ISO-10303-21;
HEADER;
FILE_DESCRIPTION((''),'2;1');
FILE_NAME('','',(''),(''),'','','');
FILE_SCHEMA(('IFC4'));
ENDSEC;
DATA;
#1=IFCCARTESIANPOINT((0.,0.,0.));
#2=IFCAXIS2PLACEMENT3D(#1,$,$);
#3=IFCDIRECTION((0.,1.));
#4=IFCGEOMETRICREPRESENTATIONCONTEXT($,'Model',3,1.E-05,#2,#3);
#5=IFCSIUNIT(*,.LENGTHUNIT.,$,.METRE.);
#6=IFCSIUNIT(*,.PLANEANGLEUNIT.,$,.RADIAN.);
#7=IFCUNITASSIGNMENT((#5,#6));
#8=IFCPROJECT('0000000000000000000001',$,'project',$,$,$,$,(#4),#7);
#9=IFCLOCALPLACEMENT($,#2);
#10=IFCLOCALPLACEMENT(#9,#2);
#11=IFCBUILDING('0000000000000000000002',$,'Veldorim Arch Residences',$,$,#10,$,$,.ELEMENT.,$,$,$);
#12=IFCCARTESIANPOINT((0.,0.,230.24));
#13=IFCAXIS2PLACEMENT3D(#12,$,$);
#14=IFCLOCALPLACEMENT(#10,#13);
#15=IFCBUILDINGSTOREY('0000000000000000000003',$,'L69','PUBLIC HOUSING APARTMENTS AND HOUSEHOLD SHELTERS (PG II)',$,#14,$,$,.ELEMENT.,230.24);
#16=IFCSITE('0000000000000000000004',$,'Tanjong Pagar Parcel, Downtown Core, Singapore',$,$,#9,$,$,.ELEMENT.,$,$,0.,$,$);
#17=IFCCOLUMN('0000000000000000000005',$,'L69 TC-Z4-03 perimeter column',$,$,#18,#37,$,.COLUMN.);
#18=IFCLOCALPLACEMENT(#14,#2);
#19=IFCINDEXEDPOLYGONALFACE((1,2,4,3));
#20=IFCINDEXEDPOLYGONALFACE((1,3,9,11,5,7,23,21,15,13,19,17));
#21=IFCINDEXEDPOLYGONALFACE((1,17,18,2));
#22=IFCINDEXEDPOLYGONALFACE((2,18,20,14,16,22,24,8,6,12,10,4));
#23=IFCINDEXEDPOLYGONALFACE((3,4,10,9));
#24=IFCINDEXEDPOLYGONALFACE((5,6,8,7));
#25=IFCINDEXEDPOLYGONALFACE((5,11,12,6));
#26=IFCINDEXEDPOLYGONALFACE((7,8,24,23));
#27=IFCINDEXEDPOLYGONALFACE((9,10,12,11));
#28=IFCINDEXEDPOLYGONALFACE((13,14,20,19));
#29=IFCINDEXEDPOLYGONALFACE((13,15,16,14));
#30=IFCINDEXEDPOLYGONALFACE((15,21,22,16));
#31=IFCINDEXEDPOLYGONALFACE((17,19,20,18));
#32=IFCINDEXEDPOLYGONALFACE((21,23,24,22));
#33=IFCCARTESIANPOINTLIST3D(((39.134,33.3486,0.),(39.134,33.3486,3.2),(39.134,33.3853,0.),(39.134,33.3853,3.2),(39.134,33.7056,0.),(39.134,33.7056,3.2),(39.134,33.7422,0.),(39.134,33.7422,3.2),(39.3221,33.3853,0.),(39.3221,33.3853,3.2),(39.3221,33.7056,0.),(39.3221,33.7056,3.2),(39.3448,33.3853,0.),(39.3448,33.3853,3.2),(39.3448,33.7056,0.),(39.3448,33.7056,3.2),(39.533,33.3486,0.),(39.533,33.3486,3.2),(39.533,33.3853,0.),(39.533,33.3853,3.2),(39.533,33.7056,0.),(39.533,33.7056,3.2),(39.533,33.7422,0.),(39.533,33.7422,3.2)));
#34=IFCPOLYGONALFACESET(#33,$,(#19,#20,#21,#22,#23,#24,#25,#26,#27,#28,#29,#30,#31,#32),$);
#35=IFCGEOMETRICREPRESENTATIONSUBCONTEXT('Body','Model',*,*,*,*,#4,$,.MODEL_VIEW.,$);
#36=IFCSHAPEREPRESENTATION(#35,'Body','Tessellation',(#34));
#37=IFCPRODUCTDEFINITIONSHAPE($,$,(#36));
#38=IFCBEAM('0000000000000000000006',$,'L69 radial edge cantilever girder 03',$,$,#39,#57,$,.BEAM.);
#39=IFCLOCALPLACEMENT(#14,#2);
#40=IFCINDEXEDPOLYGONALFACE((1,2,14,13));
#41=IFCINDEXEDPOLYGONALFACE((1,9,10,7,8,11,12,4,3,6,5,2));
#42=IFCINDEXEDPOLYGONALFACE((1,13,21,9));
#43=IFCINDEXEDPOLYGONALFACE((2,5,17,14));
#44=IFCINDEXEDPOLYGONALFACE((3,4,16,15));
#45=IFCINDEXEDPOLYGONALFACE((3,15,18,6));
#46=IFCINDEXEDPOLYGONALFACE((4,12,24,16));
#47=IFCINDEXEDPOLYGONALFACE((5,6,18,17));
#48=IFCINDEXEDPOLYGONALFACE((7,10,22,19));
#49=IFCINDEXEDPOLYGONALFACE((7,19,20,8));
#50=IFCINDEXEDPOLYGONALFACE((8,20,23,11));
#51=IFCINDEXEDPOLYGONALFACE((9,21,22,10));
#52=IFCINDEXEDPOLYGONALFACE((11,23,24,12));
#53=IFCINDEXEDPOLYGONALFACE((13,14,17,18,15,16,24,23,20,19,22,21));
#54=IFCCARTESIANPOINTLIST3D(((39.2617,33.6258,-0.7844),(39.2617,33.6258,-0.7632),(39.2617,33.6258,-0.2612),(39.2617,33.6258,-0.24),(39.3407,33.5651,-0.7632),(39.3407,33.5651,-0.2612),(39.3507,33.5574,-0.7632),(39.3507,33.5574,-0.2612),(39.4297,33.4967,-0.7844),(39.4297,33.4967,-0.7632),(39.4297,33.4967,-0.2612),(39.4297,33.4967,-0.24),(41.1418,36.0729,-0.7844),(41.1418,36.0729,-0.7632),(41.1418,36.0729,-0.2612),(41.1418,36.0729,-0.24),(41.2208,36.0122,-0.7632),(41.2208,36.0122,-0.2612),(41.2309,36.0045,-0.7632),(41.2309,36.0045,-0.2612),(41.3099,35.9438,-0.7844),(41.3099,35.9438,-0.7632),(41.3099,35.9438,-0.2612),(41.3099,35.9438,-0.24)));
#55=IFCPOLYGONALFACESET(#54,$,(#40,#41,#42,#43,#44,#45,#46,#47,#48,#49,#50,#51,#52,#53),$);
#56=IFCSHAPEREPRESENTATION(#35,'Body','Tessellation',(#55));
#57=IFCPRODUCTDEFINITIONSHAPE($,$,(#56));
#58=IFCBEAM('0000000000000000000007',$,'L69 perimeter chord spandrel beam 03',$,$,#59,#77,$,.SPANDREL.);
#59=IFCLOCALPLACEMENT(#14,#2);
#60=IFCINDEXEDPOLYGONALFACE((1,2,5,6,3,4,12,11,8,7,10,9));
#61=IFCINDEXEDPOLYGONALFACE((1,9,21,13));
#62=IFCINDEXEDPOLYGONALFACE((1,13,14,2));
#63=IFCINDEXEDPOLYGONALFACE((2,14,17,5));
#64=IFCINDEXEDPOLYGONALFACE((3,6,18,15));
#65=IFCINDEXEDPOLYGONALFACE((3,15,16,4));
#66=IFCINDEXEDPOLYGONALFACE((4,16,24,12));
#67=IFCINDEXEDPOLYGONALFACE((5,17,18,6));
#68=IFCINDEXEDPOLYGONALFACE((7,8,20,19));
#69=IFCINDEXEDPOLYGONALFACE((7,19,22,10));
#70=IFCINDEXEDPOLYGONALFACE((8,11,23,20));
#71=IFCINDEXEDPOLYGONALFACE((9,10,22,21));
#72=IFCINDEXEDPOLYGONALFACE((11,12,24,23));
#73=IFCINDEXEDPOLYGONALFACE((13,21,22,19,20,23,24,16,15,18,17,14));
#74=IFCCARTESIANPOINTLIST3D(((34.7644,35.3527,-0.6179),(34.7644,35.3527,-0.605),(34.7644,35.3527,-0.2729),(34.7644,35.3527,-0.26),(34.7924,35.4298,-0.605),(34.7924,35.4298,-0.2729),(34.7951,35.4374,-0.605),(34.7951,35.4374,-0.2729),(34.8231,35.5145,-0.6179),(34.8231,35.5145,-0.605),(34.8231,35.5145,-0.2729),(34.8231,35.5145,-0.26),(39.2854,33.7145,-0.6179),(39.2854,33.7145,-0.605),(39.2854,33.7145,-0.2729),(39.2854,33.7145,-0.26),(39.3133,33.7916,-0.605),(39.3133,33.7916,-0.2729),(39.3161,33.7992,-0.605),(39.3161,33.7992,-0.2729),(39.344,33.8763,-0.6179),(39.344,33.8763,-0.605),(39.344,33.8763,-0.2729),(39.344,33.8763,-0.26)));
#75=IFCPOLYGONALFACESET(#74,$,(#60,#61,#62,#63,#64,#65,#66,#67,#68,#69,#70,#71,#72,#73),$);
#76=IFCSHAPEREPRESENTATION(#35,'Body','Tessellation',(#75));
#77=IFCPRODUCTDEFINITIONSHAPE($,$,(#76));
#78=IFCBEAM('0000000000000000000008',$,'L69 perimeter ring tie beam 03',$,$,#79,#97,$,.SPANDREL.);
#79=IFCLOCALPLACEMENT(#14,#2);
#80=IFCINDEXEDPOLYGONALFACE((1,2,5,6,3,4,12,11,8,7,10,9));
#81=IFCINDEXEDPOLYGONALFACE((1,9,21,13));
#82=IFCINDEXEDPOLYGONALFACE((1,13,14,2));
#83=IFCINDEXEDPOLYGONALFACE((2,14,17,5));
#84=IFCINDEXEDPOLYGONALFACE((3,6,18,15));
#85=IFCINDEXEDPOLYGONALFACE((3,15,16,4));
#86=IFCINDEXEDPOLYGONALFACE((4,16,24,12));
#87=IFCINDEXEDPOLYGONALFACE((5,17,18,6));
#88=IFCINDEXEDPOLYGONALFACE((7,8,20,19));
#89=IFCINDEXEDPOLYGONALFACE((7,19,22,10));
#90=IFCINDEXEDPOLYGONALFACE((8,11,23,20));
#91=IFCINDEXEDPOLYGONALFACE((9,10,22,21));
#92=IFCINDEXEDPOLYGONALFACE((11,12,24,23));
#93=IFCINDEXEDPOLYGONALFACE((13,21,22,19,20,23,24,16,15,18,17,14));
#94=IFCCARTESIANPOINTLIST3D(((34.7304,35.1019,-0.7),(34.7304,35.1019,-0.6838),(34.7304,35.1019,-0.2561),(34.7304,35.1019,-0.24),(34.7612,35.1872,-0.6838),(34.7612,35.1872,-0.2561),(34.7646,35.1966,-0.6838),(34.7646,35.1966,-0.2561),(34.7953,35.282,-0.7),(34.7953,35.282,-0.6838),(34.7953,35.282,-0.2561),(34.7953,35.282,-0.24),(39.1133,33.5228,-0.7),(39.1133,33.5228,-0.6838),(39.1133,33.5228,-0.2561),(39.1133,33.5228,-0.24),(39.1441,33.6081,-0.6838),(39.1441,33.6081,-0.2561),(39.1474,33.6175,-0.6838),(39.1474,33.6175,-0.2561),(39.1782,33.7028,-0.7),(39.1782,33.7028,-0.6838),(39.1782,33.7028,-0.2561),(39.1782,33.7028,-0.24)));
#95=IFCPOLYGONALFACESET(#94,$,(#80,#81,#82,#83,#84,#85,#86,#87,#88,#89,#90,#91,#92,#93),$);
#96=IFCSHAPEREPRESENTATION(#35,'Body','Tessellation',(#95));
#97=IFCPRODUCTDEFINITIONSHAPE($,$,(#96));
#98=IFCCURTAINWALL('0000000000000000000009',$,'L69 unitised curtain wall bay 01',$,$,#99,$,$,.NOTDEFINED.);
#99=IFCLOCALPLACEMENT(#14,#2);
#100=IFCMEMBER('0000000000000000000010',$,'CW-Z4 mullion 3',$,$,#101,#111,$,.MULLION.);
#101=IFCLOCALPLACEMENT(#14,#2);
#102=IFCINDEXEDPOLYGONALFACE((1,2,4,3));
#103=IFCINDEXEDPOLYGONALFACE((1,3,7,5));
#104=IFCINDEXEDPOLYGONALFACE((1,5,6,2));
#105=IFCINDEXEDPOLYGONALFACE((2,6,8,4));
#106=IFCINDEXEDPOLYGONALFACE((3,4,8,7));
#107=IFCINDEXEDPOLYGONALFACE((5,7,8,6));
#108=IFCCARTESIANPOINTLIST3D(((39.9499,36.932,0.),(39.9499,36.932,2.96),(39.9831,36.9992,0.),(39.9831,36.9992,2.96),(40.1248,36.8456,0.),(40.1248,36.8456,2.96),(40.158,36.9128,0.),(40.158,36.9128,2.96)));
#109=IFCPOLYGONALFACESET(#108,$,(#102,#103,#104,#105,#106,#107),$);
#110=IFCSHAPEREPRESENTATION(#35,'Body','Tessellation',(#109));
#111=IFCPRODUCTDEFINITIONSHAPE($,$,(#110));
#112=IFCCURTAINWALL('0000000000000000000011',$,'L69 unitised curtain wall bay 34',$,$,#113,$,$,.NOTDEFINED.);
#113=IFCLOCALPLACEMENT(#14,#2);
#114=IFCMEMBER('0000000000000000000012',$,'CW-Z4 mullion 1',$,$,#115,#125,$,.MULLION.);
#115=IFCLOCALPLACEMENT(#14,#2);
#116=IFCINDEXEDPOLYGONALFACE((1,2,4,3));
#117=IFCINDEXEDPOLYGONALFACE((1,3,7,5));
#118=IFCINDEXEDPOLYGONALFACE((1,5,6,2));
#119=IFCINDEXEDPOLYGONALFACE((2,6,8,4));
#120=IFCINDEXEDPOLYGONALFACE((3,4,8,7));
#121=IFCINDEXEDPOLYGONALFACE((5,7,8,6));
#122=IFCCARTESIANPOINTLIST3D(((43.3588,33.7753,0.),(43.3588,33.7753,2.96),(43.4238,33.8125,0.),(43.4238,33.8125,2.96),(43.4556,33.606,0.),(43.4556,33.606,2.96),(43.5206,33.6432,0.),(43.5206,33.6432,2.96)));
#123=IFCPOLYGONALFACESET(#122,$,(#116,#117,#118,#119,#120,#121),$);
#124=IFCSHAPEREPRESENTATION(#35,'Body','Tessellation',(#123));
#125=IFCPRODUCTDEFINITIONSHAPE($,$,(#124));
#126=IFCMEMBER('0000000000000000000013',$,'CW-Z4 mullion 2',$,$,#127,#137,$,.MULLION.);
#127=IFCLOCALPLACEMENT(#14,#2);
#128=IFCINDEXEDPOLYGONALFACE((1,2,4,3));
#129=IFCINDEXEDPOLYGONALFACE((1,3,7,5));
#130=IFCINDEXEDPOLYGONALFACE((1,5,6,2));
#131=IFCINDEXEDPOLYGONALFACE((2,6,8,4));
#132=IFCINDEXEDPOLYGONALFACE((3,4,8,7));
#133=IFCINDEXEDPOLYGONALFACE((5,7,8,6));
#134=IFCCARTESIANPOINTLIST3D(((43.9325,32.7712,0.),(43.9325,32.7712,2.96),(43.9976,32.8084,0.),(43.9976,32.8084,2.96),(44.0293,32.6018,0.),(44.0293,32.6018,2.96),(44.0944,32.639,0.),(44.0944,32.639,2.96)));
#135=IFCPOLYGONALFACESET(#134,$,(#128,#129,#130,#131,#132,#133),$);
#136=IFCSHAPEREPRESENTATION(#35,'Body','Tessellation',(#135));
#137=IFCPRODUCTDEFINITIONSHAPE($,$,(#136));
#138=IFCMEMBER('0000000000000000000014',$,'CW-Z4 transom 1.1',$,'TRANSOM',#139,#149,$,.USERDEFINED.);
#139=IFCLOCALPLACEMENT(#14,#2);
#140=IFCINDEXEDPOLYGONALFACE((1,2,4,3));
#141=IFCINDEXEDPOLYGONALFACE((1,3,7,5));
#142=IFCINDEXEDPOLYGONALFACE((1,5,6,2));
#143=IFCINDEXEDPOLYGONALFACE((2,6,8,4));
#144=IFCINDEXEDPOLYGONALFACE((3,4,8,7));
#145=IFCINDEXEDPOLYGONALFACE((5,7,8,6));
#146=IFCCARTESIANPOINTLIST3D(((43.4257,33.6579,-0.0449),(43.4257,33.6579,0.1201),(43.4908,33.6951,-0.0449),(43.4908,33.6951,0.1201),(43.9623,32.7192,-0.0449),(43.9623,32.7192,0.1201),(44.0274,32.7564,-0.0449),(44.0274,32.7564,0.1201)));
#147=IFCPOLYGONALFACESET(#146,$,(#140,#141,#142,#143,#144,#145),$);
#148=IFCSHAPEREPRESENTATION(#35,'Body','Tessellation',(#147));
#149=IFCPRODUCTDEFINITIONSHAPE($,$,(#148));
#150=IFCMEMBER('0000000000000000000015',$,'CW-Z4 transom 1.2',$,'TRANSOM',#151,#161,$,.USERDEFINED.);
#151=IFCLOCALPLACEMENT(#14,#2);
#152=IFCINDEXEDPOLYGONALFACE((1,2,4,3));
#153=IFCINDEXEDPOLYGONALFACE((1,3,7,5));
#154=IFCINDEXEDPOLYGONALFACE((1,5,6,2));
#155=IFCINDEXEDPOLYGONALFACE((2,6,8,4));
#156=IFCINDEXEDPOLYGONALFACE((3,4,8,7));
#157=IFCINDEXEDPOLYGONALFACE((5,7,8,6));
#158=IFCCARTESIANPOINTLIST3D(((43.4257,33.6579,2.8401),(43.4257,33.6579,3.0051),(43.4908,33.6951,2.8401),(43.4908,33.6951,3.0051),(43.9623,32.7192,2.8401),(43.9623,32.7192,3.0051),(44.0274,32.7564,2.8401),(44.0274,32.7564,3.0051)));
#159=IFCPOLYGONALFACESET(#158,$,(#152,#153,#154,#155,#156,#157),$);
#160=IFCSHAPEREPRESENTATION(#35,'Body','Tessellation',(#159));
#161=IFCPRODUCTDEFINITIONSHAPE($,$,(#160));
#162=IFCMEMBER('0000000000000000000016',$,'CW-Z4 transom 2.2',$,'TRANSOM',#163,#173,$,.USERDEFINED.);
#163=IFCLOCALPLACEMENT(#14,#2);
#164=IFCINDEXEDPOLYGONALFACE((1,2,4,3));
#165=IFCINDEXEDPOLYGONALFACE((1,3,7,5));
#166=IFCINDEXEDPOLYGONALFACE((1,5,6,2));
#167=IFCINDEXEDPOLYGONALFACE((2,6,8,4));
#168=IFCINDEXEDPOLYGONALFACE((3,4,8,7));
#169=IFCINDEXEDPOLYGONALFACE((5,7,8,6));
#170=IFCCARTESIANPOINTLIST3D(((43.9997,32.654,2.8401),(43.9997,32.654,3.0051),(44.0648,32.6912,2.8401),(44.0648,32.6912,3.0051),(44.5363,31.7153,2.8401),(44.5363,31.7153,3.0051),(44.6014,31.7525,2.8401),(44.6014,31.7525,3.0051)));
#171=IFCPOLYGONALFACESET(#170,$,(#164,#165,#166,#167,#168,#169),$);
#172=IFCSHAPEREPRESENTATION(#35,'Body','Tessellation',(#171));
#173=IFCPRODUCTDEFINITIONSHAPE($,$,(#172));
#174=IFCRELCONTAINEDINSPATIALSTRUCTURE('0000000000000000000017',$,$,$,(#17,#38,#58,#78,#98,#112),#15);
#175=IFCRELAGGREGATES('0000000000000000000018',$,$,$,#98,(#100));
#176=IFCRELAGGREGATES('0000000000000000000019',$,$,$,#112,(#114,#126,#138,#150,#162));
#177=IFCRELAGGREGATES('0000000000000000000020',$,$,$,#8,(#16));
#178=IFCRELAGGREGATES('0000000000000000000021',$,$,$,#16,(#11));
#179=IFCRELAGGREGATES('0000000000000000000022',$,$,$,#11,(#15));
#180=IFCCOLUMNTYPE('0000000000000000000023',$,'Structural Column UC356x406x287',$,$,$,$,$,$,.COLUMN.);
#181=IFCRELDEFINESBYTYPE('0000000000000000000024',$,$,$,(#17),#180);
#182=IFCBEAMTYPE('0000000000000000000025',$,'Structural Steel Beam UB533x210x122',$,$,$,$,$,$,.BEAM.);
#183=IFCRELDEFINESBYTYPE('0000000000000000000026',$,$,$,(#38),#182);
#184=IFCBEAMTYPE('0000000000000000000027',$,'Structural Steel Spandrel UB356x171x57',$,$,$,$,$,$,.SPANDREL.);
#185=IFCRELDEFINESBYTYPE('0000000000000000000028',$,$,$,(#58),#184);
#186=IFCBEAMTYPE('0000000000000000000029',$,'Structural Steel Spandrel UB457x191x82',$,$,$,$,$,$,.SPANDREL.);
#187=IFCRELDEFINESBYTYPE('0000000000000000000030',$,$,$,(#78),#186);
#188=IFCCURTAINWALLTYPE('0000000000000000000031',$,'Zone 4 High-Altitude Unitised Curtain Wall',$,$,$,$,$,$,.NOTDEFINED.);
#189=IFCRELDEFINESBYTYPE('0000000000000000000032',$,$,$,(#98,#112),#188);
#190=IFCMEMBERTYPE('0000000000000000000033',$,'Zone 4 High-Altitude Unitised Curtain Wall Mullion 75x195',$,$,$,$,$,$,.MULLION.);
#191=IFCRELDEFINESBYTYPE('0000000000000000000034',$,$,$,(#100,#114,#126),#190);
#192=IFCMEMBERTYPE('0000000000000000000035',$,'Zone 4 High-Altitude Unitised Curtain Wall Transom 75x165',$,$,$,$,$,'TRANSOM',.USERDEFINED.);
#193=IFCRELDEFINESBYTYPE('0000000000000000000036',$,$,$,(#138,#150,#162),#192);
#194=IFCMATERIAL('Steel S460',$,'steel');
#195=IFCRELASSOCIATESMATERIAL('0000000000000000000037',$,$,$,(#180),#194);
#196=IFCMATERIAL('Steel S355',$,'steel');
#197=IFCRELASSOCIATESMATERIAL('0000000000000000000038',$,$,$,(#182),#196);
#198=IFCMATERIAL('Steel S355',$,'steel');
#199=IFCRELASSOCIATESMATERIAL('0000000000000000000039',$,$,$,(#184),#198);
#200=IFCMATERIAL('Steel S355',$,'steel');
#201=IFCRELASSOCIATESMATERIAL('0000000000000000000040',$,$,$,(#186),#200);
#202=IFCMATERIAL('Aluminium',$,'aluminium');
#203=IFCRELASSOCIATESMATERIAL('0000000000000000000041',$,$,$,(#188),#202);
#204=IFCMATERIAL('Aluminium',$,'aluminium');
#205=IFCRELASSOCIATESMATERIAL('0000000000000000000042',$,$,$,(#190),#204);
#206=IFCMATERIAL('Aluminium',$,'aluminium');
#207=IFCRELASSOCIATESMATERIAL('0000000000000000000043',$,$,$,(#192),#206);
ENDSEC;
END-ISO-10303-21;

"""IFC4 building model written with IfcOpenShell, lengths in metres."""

from ifc_helpers import new_model, si_unit, direction, frame, origin, origin_2d, place, context, subcontext, project, spatial, rectangle, i_section, extrude, material, material_profile, profile_set, type_object, element, aggregate, save


model = new_model("IFC4")

# Units and contexts
model_context = context("Model", 3, precision=1e-05, world=origin(), true_north=direction((0.0, 1.0)))
body_context = subcontext(model_context, "Body", "Model", "MODEL_VIEW")
ifc_project = project(units=[si_unit("LENGTHUNIT", "METRE"), si_unit("PLANEANGLEUNIT", "RADIAN")], contexts=[model_context])

# Site, building, storey
site_placement = place(None, origin())
site = spatial("IfcSite", under=ifc_project, at=site_placement, Name="Tanjong Pagar Parcel, Downtown Core, Singapore", CompositionType="ELEMENT", RefElevation=0.0)
building_placement = place(site_placement, origin())
building = spatial("IfcBuilding", under=site, at=building_placement, Name="Veldorim Arch Residences", CompositionType="ELEMENT")
storey_placement = place(building_placement, frame((0.0, 0.0, 230.24)))
storey = spatial("IfcBuildingStorey", under=building, at=storey_placement, Name="L69", Description="PUBLIC HOUSING APARTMENTS AND HOUSEHOLD SHELTERS (PG II)", CompositionType="ELEMENT", Elevation=230.24)

# Column
ifc_material_1 = material(Name="Steel S460", Category="steel")
ifc_material_profile_1 = material_profile(ifc_material_1, i_section(OverallWidth=0.3989, OverallDepth=0.3936, WebThickness=0.0227, FlangeThickness=0.0366, at=origin_2d()), Name="UC356x406x287")
ifc_profile_set_1 = profile_set([ifc_material_profile_1], Name="Steel S460")
column_type = type_object("IfcColumnType", Name="Structural Column UC356x406x287", PredefinedType="COLUMN", material=ifc_profile_set_1)
column_placement = place(storey_placement, frame((39.3335, 33.5454, 0.0), z_axis=(0.0, 0.0, 1.0), x_axis=(1.0, 0.0, 0.0)))
element("IfcColumn", 1, at=column_placement, inside=storey, type_object=column_type, Name="L69 TC-Z4-03 perimeter column", PredefinedType="COLUMN", context=body_context, shape_type="SweptSolid", body=[
    extrude(i_section(OverallWidth=0.3989, OverallDepth=0.3936, WebThickness=0.0227, FlangeThickness=0.0366, at=origin_2d()), origin(), (0.0, 0.0, 1.0), 3.2),
])

# Beams
ifc_material_2 = material(Name="Steel S355", Category="steel")
ifc_material_profile_2 = material_profile(ifc_material_2, i_section(OverallWidth=0.2119, OverallDepth=0.5444, WebThickness=0.0127, FlangeThickness=0.0212, at=origin_2d()), Name="UB533x210x122")
ifc_profile_set_2 = profile_set([ifc_material_profile_2], Name="Steel S355")
beam_type_1 = type_object("IfcBeamType", Name="Structural Steel Beam UB533x210x122", PredefinedType="BEAM", material=ifc_profile_set_2)
beam_1_placement = place(storey_placement, frame((39.3457, 33.5613, -0.5122), z_axis=(0.609263, 0.792968, 0.0), x_axis=(-0.792968, 0.609263, 0.0)))
element("IfcBeam", 2, at=beam_1_placement, inside=storey, type_object=beam_type_1, Name="L69 radial edge cantilever girder 03", PredefinedType="BEAM", context=body_context, shape_type="SweptSolid", body=[
    extrude(i_section(OverallWidth=0.2119, OverallDepth=0.5444, WebThickness=0.0127, FlangeThickness=0.0212, at=origin_2d()), origin(), (0.0, 0.0, 1.0), 3.0859),
])
ifc_material_3 = material(Name="Steel S355", Category="steel")
ifc_material_profile_3 = material_profile(ifc_material_3, i_section(OverallWidth=0.1721, OverallDepth=0.3579, WebThickness=0.0081, FlangeThickness=0.0129, at=origin_2d()), Name="UB356x171x57")
ifc_profile_set_3 = profile_set([ifc_material_profile_3], Name="Steel S355")
beam_type_2 = type_object("IfcBeamType", Name="Structural Steel Spandrel UB356x171x57", PredefinedType="SPANDREL", material=ifc_profile_set_3)
beam_2_placement = place(storey_placement, frame((39.3147, 33.7954, -0.439), z_axis=(-0.940181, 0.340675, 0.0), x_axis=(-0.340675, -0.940181, 0.0)))
element("IfcBeam", 3, at=beam_2_placement, inside=storey, type_object=beam_type_2, Name="L69 perimeter chord spandrel beam 03", PredefinedType="SPANDREL", context=body_context, shape_type="SweptSolid", body=[
    extrude(i_section(OverallWidth=0.1721, OverallDepth=0.3579, WebThickness=0.0081, FlangeThickness=0.0129, at=origin_2d()), origin(), (0.0, 0.0, 1.0), 4.8086),
])
ifc_material_4 = material(Name="Steel S355", Category="steel")
ifc_material_profile_4 = material_profile(ifc_material_4, i_section(OverallWidth=0.1914, OverallDepth=0.46, WebThickness=0.01, FlangeThickness=0.0161, at=origin_2d()), Name="UB457x191x82")
ifc_profile_set_4 = profile_set([ifc_material_profile_4], Name="Steel S355")
beam_type_3 = type_object("IfcBeamType", Name="Structural Steel Spandrel UB457x191x82", PredefinedType="SPANDREL", material=ifc_profile_set_4)
beam_3_placement = place(storey_placement, frame((39.1458, 33.6128, -0.47), z_axis=(-0.940799, 0.338964, 0.0), x_axis=(-0.338964, -0.940799, 0.0)))
element("IfcBeam", 4, at=beam_3_placement, inside=storey, type_object=beam_type_3, Name="L69 perimeter ring tie beam 03", PredefinedType="SPANDREL", context=body_context, shape_type="SweptSolid", body=[
    extrude(i_section(OverallWidth=0.1914, OverallDepth=0.46, WebThickness=0.01, FlangeThickness=0.0161, at=origin_2d()), origin(), (0.0, 0.0, 1.0), 4.6587),
])

# Curtain wall, member
ifc_material_5 = material(Name="Aluminium", Category="aluminium")
curtain_wall_type = type_object("IfcCurtainWallType", Name="Zone 4 High-Altitude Unitised Curtain Wall", PredefinedType="NOTDEFINED", material=ifc_material_5)
curtain_wall_1_placement = place(storey_placement, origin())
curtain_wall_1 = element("IfcCurtainWall", 5, at=curtain_wall_1_placement, inside=storey, type_object=curtain_wall_type, Name="L69 unitised curtain wall bay 01", PredefinedType="NOTDEFINED")
ifc_material_6 = material(Name="Aluminium", Category="aluminium")
ifc_material_profile_5 = material_profile(ifc_material_6, rectangle(XDim=0.075, YDim=0.1951, at=origin_2d()), Name="ALU_MUL_75x195")
ifc_profile_set_5 = profile_set([ifc_material_profile_5], Name="Aluminium")
member_type_1 = type_object("IfcMemberType", Name="Zone 4 High-Altitude Unitised Curtain Wall Mullion 75x195", PredefinedType="MULLION", material=ifc_profile_set_5)
member_1_placement = place(storey_placement, frame((40.054, 36.9224, 0.0), z_axis=(0.0, 0.0, 1.0), x_axis=(0.442993, 0.896525, 0.0)))
member_1 = element("IfcMember", 6, at=member_1_placement, type_object=member_type_1, Name="CW-Z4 mullion 3", PredefinedType="MULLION", context=body_context, shape_type="SweptSolid", body=[
    extrude(rectangle(XDim=0.075, YDim=0.1951, at=origin_2d()), origin(), (0.0, 0.0, 1.0), 2.96),
])

# Curtain wall, members
curtain_wall_2_placement = place(storey_placement, origin())
curtain_wall_2 = element("IfcCurtainWall", 7, at=curtain_wall_2_placement, inside=storey, type_object=curtain_wall_type, Name="L69 unitised curtain wall bay 34", PredefinedType="NOTDEFINED")
member_2_placement = place(storey_placement, frame((43.4397, 33.7092, 0.0), z_axis=(0.0, 0.0, 1.0), x_axis=(0.868166, 0.496274, 0.0)))
member_2 = element("IfcMember", 8, at=member_2_placement, type_object=member_type_1, Name="CW-Z4 mullion 1", PredefinedType="MULLION", context=body_context, shape_type="SweptSolid", body=[
    extrude(rectangle(XDim=0.075, YDim=0.1951, at=origin_2d()), origin(), (0.0, 0.0, 1.0), 2.96),
])
member_3_placement = place(storey_placement, frame((44.0134, 32.7051, 0.0), z_axis=(0.0, 0.0, 1.0), x_axis=(0.868166, 0.496274, 0.0)))
member_3 = element("IfcMember", 9, at=member_3_placement, type_object=member_type_1, Name="CW-Z4 mullion 2", PredefinedType="MULLION", context=body_context, shape_type="SweptSolid", body=[
    extrude(rectangle(XDim=0.075, YDim=0.1951, at=origin_2d()), origin(), (0.0, 0.0, 1.0), 2.96),
])
ifc_material_7 = material(Name="Aluminium", Category="aluminium")
ifc_material_profile_6 = material_profile(ifc_material_7, rectangle(XDim=0.075, YDim=0.165, at=origin_2d()), Name="ALU_TRN_75x165")
ifc_profile_set_6 = profile_set([ifc_material_profile_6], Name="Aluminium")
member_type_2 = type_object("IfcMemberType", Name="Zone 4 High-Altitude Unitised Curtain Wall Transom 75x165", ElementType="TRANSOM", PredefinedType="USERDEFINED", material=ifc_profile_set_6)
member_4_placement = place(storey_placement, frame((43.4583, 33.6765, 0.0376), z_axis=(0.496285, -0.86816, 0.0), x_axis=(0.86816, 0.496285, 0.0)))
member_4 = element("IfcMember", 10, at=member_4_placement, type_object=member_type_2, Name="CW-Z4 transom 1.1", ObjectType="TRANSOM", PredefinedType="USERDEFINED", context=body_context, shape_type="SweptSolid", body=[
    extrude(rectangle(XDim=0.075, YDim=0.165, at=origin_2d()), origin(), (0.0, 0.0, 1.0), 1.0813),
])
member_5_placement = place(storey_placement, frame((43.4583, 33.6765, 2.9226), z_axis=(0.496285, -0.86816, 0.0), x_axis=(0.86816, 0.496285, 0.0)))
member_5 = element("IfcMember", 11, at=member_5_placement, type_object=member_type_2, Name="CW-Z4 transom 1.2", ObjectType="TRANSOM", PredefinedType="USERDEFINED", context=body_context, shape_type="SweptSolid", body=[
    extrude(rectangle(XDim=0.075, YDim=0.165, at=origin_2d()), origin(), (0.0, 0.0, 1.0), 1.0813),
])
member_6_placement = place(storey_placement, frame((44.0322, 32.6726, 2.9226), z_axis=(0.496285, -0.86816, 0.0), x_axis=(0.86816, 0.496285, 0.0)))
member_6 = element("IfcMember", 12, at=member_6_placement, type_object=member_type_2, Name="CW-Z4 transom 2.2", ObjectType="TRANSOM", PredefinedType="USERDEFINED", context=body_context, shape_type="SweptSolid", body=[
    extrude(rectangle(XDim=0.075, YDim=0.165, at=origin_2d()), origin(), (0.0, 0.0, 1.0), 1.0813),
])

aggregate(curtain_wall_1, [member_1])
aggregate(curtain_wall_2, [member_2, member_3, member_4, member_5, member_6])

save(model, "model.ifc")
